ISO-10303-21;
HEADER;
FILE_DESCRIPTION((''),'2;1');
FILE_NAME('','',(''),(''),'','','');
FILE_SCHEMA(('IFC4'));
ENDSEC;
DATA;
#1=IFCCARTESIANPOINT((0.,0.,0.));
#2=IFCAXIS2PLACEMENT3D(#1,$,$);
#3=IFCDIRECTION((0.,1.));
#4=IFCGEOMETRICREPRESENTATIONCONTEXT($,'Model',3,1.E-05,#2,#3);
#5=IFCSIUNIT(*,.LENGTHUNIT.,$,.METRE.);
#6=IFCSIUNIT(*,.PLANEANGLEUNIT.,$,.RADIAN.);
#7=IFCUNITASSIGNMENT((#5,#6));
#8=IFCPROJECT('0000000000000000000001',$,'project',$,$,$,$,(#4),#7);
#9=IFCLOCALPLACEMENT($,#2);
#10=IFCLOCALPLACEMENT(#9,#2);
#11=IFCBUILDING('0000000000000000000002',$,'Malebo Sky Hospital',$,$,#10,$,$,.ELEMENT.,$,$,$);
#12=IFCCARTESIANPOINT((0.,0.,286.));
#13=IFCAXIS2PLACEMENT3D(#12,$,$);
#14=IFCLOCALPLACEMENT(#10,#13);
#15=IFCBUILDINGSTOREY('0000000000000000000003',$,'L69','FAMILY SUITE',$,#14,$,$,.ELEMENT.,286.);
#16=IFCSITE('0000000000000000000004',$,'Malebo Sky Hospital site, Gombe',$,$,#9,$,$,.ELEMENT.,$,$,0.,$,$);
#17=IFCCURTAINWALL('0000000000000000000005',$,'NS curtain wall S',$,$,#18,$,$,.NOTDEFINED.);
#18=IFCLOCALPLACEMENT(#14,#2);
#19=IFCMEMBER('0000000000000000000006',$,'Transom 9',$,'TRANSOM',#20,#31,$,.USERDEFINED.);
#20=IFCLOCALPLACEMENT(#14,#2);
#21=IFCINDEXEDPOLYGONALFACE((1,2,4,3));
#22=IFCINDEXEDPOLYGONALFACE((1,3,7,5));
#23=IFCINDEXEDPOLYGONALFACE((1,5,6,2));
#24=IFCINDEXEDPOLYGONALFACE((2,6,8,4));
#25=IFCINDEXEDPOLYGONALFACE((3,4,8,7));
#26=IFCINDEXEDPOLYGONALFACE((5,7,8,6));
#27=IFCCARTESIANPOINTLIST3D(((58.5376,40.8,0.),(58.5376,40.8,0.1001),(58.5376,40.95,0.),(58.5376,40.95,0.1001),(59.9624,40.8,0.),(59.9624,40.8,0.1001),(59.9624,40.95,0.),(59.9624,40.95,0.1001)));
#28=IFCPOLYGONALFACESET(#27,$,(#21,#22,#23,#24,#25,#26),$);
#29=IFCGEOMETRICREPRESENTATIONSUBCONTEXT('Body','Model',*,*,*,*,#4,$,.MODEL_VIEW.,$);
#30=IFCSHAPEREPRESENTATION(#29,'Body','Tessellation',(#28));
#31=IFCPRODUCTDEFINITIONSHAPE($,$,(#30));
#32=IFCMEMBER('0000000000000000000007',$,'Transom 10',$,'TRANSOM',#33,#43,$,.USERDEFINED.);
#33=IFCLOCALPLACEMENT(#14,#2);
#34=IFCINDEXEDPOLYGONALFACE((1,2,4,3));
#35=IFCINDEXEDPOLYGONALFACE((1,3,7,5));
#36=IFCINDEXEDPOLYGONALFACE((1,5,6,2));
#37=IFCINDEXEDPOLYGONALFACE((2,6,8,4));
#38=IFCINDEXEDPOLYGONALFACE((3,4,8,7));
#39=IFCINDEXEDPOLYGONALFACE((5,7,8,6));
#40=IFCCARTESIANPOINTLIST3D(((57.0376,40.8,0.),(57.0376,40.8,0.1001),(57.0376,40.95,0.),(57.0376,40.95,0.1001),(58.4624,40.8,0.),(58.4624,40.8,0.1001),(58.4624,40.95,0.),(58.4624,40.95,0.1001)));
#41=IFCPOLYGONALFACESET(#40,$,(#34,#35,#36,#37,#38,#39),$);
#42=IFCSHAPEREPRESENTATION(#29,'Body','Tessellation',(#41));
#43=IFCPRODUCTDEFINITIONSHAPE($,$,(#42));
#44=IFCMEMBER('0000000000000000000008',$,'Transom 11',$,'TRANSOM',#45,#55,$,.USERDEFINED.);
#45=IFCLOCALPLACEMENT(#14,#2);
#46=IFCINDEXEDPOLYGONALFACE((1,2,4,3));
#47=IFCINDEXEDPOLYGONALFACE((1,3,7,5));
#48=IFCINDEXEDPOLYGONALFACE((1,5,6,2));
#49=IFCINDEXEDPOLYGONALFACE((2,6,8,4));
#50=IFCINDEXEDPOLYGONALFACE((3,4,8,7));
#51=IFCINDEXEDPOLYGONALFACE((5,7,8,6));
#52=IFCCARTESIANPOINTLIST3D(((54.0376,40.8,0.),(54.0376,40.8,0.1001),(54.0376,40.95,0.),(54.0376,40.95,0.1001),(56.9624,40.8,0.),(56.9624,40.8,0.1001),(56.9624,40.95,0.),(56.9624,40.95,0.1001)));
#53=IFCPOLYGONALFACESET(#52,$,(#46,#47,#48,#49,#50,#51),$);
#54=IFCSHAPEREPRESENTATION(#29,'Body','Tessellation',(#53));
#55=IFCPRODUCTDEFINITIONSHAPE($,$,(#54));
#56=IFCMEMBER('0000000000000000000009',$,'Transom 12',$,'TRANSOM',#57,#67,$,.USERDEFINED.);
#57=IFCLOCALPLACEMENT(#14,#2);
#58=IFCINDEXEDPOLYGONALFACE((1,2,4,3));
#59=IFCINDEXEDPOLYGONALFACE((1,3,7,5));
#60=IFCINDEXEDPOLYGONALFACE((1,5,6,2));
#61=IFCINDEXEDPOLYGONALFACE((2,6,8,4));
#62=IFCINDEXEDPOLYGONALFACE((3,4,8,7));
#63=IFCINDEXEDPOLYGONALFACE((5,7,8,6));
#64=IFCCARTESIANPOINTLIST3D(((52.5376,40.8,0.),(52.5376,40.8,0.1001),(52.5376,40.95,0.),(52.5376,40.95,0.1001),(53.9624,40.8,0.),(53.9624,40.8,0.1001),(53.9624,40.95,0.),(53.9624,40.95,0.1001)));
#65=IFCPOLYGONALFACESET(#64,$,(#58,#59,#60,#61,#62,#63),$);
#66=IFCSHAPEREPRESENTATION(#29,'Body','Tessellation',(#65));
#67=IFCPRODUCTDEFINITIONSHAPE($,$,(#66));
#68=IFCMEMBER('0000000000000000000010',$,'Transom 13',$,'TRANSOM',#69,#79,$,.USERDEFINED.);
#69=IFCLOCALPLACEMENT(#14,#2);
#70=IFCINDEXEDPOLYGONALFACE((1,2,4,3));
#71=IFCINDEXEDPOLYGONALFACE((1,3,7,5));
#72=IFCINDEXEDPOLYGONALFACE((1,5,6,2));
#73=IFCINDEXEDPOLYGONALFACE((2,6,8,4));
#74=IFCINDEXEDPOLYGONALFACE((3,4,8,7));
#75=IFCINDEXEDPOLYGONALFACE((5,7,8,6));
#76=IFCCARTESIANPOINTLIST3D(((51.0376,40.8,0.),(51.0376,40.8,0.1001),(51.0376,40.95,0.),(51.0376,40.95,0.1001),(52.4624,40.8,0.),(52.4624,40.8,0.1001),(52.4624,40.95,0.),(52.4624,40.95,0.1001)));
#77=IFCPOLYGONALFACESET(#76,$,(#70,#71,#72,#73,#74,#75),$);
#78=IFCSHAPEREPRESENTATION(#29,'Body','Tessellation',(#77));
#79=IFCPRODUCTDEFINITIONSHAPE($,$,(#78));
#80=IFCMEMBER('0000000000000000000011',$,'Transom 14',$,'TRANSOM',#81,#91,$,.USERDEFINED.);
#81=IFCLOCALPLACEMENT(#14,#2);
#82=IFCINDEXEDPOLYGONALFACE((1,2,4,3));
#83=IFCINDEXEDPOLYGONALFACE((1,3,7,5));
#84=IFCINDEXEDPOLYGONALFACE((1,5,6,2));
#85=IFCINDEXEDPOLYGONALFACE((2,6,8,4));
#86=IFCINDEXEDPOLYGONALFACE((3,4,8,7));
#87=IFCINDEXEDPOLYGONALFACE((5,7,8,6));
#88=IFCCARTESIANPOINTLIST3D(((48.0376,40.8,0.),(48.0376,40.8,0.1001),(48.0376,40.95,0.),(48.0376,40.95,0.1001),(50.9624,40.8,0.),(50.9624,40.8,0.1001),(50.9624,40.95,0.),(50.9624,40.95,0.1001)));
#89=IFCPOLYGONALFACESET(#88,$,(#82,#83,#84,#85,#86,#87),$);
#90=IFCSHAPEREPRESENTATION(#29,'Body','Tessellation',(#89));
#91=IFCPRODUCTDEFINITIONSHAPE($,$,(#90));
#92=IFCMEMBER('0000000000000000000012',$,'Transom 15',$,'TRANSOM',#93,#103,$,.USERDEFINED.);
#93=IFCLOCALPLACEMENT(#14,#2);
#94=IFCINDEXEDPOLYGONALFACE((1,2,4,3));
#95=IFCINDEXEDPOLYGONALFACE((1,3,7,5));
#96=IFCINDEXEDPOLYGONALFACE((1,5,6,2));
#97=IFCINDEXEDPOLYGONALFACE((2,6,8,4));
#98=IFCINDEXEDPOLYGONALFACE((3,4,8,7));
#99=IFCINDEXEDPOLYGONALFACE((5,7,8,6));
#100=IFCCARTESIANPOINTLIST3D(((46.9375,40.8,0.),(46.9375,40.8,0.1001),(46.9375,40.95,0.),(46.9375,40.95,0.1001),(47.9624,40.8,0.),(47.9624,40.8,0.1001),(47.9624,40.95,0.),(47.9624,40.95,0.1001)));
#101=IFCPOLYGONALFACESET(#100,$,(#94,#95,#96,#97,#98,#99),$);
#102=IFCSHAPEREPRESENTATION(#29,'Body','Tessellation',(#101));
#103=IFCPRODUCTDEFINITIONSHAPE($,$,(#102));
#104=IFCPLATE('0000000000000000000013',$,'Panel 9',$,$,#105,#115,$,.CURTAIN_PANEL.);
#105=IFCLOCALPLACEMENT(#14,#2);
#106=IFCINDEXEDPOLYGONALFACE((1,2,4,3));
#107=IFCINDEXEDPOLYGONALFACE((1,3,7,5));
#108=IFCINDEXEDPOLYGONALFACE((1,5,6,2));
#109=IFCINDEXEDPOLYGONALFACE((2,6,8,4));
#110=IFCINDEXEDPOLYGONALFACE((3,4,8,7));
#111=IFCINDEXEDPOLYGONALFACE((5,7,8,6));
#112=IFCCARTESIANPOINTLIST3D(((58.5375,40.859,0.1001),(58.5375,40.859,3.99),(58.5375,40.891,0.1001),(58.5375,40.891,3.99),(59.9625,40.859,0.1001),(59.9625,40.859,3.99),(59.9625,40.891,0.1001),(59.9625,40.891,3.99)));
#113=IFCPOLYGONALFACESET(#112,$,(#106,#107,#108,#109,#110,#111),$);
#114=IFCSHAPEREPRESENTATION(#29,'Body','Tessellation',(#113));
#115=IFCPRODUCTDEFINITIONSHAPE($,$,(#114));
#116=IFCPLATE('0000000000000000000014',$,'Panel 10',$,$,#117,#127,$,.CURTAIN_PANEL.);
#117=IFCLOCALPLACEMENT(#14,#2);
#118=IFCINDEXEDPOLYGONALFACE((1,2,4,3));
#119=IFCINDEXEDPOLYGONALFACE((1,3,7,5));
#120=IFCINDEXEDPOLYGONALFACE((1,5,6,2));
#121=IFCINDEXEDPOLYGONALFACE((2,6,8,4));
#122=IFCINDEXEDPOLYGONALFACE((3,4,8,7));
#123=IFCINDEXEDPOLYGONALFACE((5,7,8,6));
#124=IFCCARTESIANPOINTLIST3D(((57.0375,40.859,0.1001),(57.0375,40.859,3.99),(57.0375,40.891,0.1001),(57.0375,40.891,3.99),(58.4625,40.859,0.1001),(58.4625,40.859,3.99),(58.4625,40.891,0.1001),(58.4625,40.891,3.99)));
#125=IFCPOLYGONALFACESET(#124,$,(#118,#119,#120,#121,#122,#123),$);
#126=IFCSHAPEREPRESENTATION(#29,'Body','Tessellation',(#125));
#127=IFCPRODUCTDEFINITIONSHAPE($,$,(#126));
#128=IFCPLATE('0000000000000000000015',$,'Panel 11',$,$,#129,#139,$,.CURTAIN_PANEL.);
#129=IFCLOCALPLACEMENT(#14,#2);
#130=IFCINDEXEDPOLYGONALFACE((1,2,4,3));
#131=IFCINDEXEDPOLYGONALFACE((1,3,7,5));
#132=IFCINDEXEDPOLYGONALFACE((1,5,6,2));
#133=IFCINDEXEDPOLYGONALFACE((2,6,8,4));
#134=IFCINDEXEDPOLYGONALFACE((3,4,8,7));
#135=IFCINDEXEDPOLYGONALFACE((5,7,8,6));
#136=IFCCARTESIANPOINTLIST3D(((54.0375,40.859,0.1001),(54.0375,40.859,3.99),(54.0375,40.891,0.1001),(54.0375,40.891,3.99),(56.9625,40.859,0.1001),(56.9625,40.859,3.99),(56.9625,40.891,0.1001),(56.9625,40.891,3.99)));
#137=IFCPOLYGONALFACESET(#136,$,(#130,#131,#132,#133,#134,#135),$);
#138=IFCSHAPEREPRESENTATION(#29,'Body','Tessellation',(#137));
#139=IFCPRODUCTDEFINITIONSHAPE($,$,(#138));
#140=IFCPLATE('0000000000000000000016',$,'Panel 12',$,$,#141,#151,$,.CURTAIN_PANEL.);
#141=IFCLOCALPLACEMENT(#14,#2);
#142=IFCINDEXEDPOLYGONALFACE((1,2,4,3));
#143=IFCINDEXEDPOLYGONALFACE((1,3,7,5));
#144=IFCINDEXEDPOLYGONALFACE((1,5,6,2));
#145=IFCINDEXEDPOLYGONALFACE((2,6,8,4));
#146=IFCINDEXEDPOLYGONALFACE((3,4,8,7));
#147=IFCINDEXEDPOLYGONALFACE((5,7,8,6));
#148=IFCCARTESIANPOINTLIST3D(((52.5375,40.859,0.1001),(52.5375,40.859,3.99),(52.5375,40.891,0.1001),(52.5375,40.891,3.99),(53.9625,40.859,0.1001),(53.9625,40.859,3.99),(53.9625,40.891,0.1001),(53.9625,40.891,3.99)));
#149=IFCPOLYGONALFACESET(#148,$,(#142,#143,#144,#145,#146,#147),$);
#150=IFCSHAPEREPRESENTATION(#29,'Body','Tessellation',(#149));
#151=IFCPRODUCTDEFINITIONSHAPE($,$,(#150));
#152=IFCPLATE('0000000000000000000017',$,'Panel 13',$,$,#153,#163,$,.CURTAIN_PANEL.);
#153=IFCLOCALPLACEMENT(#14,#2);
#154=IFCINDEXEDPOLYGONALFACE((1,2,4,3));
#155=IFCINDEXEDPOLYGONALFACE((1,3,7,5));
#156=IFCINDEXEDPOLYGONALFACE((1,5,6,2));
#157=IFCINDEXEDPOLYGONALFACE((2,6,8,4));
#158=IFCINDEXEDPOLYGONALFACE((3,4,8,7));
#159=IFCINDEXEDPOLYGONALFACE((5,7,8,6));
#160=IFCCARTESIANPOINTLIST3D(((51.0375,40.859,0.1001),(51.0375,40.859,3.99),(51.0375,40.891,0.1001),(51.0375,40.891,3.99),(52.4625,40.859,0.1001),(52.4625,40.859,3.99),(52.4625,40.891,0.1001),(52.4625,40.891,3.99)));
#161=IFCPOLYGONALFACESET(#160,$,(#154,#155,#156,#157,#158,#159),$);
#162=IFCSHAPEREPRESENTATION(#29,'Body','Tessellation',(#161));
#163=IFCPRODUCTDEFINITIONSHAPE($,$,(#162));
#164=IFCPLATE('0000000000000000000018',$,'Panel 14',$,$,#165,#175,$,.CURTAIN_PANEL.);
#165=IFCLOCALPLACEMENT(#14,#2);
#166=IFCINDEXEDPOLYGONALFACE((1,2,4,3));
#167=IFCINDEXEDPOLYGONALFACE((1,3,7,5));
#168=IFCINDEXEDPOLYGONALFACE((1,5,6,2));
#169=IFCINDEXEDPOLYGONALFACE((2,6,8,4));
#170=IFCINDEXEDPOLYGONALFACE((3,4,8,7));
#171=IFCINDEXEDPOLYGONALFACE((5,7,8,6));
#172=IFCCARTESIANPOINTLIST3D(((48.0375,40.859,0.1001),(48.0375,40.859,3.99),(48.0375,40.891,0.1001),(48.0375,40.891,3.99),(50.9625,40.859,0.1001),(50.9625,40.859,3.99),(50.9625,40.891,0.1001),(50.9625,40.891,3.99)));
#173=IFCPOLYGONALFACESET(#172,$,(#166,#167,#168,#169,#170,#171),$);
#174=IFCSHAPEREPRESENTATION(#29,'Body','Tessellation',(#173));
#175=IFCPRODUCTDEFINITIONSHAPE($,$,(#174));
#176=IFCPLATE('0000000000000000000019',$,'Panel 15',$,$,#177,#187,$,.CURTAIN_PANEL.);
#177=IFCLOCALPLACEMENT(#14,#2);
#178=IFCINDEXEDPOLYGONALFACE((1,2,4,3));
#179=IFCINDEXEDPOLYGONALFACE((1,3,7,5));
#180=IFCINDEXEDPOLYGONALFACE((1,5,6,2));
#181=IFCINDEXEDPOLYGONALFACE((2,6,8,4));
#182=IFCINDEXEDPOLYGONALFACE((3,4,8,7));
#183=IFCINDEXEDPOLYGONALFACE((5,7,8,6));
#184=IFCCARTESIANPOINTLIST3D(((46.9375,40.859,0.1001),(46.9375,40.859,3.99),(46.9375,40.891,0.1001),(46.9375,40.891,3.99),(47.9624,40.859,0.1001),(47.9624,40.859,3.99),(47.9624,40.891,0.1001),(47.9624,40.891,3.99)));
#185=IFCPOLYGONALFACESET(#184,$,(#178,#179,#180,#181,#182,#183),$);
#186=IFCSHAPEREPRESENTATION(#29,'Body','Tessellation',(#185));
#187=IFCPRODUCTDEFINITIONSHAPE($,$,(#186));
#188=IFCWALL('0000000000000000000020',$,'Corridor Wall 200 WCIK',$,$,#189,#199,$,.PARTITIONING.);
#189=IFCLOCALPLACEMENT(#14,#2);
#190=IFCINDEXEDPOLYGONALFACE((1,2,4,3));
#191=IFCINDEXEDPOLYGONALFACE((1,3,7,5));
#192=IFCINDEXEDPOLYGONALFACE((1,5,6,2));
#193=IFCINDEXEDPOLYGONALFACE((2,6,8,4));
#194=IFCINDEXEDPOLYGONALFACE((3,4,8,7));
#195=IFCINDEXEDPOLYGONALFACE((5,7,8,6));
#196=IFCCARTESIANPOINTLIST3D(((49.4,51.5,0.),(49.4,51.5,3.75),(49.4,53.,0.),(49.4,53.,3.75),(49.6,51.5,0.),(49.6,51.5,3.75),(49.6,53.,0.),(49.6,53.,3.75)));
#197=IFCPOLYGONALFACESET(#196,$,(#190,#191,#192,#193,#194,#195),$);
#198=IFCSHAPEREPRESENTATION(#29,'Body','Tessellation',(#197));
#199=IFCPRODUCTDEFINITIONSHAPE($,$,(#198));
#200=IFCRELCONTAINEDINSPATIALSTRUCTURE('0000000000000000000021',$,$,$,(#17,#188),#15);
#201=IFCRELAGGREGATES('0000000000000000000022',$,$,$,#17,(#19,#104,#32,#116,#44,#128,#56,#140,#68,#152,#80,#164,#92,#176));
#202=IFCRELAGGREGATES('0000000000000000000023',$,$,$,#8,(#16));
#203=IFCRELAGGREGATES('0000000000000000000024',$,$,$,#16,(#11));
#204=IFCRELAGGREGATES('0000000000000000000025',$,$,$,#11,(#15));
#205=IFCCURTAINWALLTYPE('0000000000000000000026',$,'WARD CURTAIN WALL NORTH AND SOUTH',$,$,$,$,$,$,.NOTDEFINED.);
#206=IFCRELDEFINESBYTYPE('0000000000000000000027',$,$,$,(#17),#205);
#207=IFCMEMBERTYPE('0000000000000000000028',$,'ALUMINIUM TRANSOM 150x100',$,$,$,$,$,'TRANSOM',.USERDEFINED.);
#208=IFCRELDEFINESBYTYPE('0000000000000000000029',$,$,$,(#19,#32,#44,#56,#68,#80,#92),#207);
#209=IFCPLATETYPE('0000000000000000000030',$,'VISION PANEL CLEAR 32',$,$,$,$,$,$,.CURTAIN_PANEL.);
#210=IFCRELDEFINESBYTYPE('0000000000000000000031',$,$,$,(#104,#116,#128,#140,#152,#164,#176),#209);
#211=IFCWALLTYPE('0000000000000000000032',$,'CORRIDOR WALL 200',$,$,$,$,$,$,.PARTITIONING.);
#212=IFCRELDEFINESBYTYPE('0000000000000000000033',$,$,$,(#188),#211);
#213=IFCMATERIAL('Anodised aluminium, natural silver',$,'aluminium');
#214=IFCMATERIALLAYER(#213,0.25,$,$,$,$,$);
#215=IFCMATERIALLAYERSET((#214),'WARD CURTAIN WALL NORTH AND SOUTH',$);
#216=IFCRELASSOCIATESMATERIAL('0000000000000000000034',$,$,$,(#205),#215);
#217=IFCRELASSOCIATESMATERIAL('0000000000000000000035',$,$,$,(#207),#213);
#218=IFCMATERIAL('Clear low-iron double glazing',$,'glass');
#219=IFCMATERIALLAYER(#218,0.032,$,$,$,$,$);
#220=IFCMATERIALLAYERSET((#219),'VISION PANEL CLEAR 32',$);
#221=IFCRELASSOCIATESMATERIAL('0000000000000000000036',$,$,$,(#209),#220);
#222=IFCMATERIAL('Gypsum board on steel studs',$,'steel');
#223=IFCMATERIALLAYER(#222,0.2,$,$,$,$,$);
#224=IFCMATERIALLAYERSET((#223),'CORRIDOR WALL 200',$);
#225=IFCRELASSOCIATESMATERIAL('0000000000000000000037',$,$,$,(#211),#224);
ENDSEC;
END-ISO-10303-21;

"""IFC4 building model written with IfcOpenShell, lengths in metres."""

from ifc_helpers import new_model, si_unit, direction, frame, frame_2d, origin, origin_2d, place, context, subcontext, project, spatial, rectangle, extrude, material, layer, layer_set, material_profile, profile_set, type_object, element, aggregate, save


model = new_model("IFC4")

# Units and contexts
model_context = context("Model", 3, precision=1e-05, world=origin(), true_north=direction((0.0, 1.0)))
body_context = subcontext(model_context, "Body", "Model", "MODEL_VIEW")
ifc_project = project(units=[si_unit("LENGTHUNIT", "METRE"), si_unit("PLANEANGLEUNIT", "RADIAN")], contexts=[model_context])

# Site, building, storey
site_placement = place(None, origin())
site = spatial("IfcSite", under=ifc_project, at=site_placement, Name="Malebo Sky Hospital site, Gombe", CompositionType="ELEMENT", RefElevation=0.0)
building_placement = place(site_placement, origin())
building = spatial("IfcBuilding", under=site, at=building_placement, Name="Malebo Sky Hospital", CompositionType="ELEMENT")
storey_placement = place(building_placement, frame((0.0, 0.0, 286.0)))
storey = spatial("IfcBuildingStorey", under=building, at=storey_placement, Name="L69", Description="FAMILY SUITE", CompositionType="ELEMENT", Elevation=286.0)

# Curtain wall, members, plates
ifc_material_1 = material(Name="Anodised aluminium, natural silver", Category="aluminium")
ifc_layer_1 = layer(ifc_material_1, 0.25)
ifc_layer_set_1 = layer_set([ifc_layer_1], Name="WARD CURTAIN WALL NORTH AND SOUTH")
curtain_wall_type = type_object("IfcCurtainWallType", Name="WARD CURTAIN WALL NORTH AND SOUTH", PredefinedType="NOTDEFINED", material=ifc_layer_set_1)
curtain_wall_placement = place(storey_placement, origin())
curtain_wall = element("IfcCurtainWall", 1, at=curtain_wall_placement, inside=storey, type_object=curtain_wall_type, Name="NS curtain wall S", PredefinedType="NOTDEFINED")
ifc_material_profile = material_profile(ifc_material_1, rectangle(XDim=0.1499, YDim=0.1001, at=origin_2d()), Name="ALUMINIUM TRANSOM 150x100")
ifc_profile_set = profile_set([ifc_material_profile], Name="Anodised aluminium, natural silver")
member_type = type_object("IfcMemberType", Name="ALUMINIUM TRANSOM 150x100", ElementType="TRANSOM", PredefinedType="USERDEFINED", material=ifc_profile_set)
member_1_placement = place(storey_placement, frame((59.9624, 40.875, 0.05), z_axis=(-1.0, 0.0, 0.0), x_axis=(0.0, -1.0, 0.0)))
member_1 = element("IfcMember", 2, at=member_1_placement, type_object=member_type, Name="Transom 9", ObjectType="TRANSOM", PredefinedType="USERDEFINED", context=body_context, shape_type="SweptSolid", body=[
    extrude(rectangle(XDim=0.1499, YDim=0.1001, at=origin_2d()), origin(), (0.0, 0.0, 1.0), 1.4248),
])
member_2_placement = place(storey_placement, frame((58.4624, 40.875, 0.05), z_axis=(-1.0, 0.0, 0.0), x_axis=(0.0, -1.0, 0.0)))
member_2 = element("IfcMember", 3, at=member_2_placement, type_object=member_type, Name="Transom 10", ObjectType="TRANSOM", PredefinedType="USERDEFINED", context=body_context, shape_type="SweptSolid", body=[
    extrude(rectangle(XDim=0.1499, YDim=0.1001, at=origin_2d()), origin(), (0.0, 0.0, 1.0), 1.4248),
])
member_3_placement = place(storey_placement, frame((56.9624, 40.875, 0.05), z_axis=(-1.0, 0.0, 0.0), x_axis=(0.0, -1.0, 0.0)))
member_3 = element("IfcMember", 4, at=member_3_placement, type_object=member_type, Name="Transom 11", ObjectType="TRANSOM", PredefinedType="USERDEFINED", context=body_context, shape_type="SweptSolid", body=[
    extrude(rectangle(XDim=0.1499, YDim=0.1001, at=origin_2d()), origin(), (0.0, 0.0, 1.0), 2.9248),
])
member_4_placement = place(storey_placement, frame((53.9624, 40.875, 0.05), z_axis=(-1.0, 0.0, 0.0), x_axis=(0.0, -1.0, 0.0)))
member_4 = element("IfcMember", 5, at=member_4_placement, type_object=member_type, Name="Transom 12", ObjectType="TRANSOM", PredefinedType="USERDEFINED", context=body_context, shape_type="SweptSolid", body=[
    extrude(rectangle(XDim=0.1499, YDim=0.1001, at=origin_2d()), origin(), (0.0, 0.0, 1.0), 1.4248),
])
member_5_placement = place(storey_placement, frame((52.4624, 40.875, 0.05), z_axis=(-1.0, 0.0, 0.0), x_axis=(0.0, -1.0, 0.0)))
member_5 = element("IfcMember", 6, at=member_5_placement, type_object=member_type, Name="Transom 13", ObjectType="TRANSOM", PredefinedType="USERDEFINED", context=body_context, shape_type="SweptSolid", body=[
    extrude(rectangle(XDim=0.1499, YDim=0.1001, at=origin_2d()), origin(), (0.0, 0.0, 1.0), 1.4248),
])
member_6_placement = place(storey_placement, frame((50.9624, 40.875, 0.05), z_axis=(-1.0, 0.0, 0.0), x_axis=(0.0, -1.0, 0.0)))
member_6 = element("IfcMember", 7, at=member_6_placement, type_object=member_type, Name="Transom 14", ObjectType="TRANSOM", PredefinedType="USERDEFINED", context=body_context, shape_type="SweptSolid", body=[
    extrude(rectangle(XDim=0.1499, YDim=0.1001, at=origin_2d()), origin(), (0.0, 0.0, 1.0), 2.9248),
])
member_7_placement = place(storey_placement, frame((47.9624, 40.875, 0.05), z_axis=(-1.0, 0.0, 0.0), x_axis=(0.0, -1.0, 0.0)))
member_7 = element("IfcMember", 8, at=member_7_placement, type_object=member_type, Name="Transom 15", ObjectType="TRANSOM", PredefinedType="USERDEFINED", context=body_context, shape_type="SweptSolid", body=[
    extrude(rectangle(XDim=0.1499, YDim=0.1001, at=origin_2d()), origin(), (0.0, 0.0, 1.0), 1.0249),
])
ifc_material_2 = material(Name="Clear low-iron double glazing", Category="glass")
ifc_layer_2 = layer(ifc_material_2, 0.032)
ifc_layer_set_2 = layer_set([ifc_layer_2], Name="VISION PANEL CLEAR 32")
plate_type = type_object("IfcPlateType", Name="VISION PANEL CLEAR 32", PredefinedType="CURTAIN_PANEL", material=ifc_layer_set_2)
plate_1_placement = place(storey_placement, frame((59.25, 40.875, 0.1001), z_axis=(0.0, 0.0, 1.0), x_axis=(-1.0, 0.0, 0.0)))
plate_1 = element("IfcPlate", 9, at=plate_1_placement, type_object=plate_type, Name="Panel 9", PredefinedType="CURTAIN_PANEL", context=body_context, shape_type="SweptSolid", body=[
    extrude(rectangle(XDim=1.425, YDim=0.032, at=origin_2d()), origin(), (0.0, 0.0, 1.0), 3.8899),
])
plate_2_placement = place(storey_placement, frame((57.75, 40.875, 0.1001), z_axis=(0.0, 0.0, 1.0), x_axis=(-1.0, 0.0, 0.0)))
plate_2 = element("IfcPlate", 10, at=plate_2_placement, type_object=plate_type, Name="Panel 10", PredefinedType="CURTAIN_PANEL", context=body_context, shape_type="SweptSolid", body=[
    extrude(rectangle(XDim=1.425, YDim=0.032, at=origin_2d()), origin(), (0.0, 0.0, 1.0), 3.8899),
])
plate_3_placement = place(storey_placement, frame((55.5, 40.875, 0.1001), z_axis=(0.0, 0.0, 1.0), x_axis=(-1.0, 0.0, 0.0)))
plate_3 = element("IfcPlate", 11, at=plate_3_placement, type_object=plate_type, Name="Panel 11", PredefinedType="CURTAIN_PANEL", context=body_context, shape_type="SweptSolid", body=[
    extrude(rectangle(XDim=2.925, YDim=0.032, at=origin_2d()), origin(), (0.0, 0.0, 1.0), 3.8899),
])
plate_4_placement = place(storey_placement, frame((53.25, 40.875, 0.1001), z_axis=(0.0, 0.0, 1.0), x_axis=(-1.0, 0.0, 0.0)))
plate_4 = element("IfcPlate", 12, at=plate_4_placement, type_object=plate_type, Name="Panel 12", PredefinedType="CURTAIN_PANEL", context=body_context, shape_type="SweptSolid", body=[
    extrude(rectangle(XDim=1.425, YDim=0.032, at=origin_2d()), origin(), (0.0, 0.0, 1.0), 3.8899),
])
plate_5_placement = place(storey_placement, frame((51.75, 40.875, 0.1001), z_axis=(0.0, 0.0, 1.0), x_axis=(-1.0, 0.0, 0.0)))
plate_5 = element("IfcPlate", 13, at=plate_5_placement, type_object=plate_type, Name="Panel 13", PredefinedType="CURTAIN_PANEL", context=body_context, shape_type="SweptSolid", body=[
    extrude(rectangle(XDim=1.425, YDim=0.032, at=origin_2d()), origin(), (0.0, 0.0, 1.0), 3.8899),
])
plate_6_placement = place(storey_placement, frame((49.5, 40.875, 0.1001), z_axis=(0.0, 0.0, 1.0), x_axis=(-1.0, 0.0, 0.0)))
plate_6 = element("IfcPlate", 14, at=plate_6_placement, type_object=plate_type, Name="Panel 14", PredefinedType="CURTAIN_PANEL", context=body_context, shape_type="SweptSolid", body=[
    extrude(rectangle(XDim=2.925, YDim=0.032, at=origin_2d()), origin(), (0.0, 0.0, 1.0), 3.8899),
])
plate_7_placement = place(storey_placement, frame((47.45, 40.875, 0.1001), z_axis=(0.0, 0.0, 1.0), x_axis=(-1.0, 0.0, 0.0)))
plate_7 = element("IfcPlate", 15, at=plate_7_placement, type_object=plate_type, Name="Panel 15", PredefinedType="CURTAIN_PANEL", context=body_context, shape_type="SweptSolid", body=[
    extrude(rectangle(XDim=1.0249, YDim=0.032, at=origin_2d()), origin(), (0.0, 0.0, 1.0), 3.8899),
])
aggregate(curtain_wall, [member_1, plate_1, member_2, plate_2, member_3, plate_3, member_4, plate_4, member_5, plate_5, member_6, plate_6, member_7, plate_7])

# Wall
ifc_material_3 = material(Name="Gypsum board on steel studs", Category="steel")
ifc_layer_3 = layer(ifc_material_3, 0.2)
ifc_layer_set_3 = layer_set([ifc_layer_3], Name="CORRIDOR WALL 200")
wall_type_1 = type_object("IfcWallType", Name="CORRIDOR WALL 200", PredefinedType="PARTITIONING", material=ifc_layer_set_3)
wall_1_placement = place(storey_placement, frame((49.5, 51.5, 0.0), z_axis=(0.0, 0.0, 1.0), x_axis=(0.0, 1.0, 0.0)))
element("IfcWall", 16, at=wall_1_placement, inside=storey, type_object=wall_type_1, Name="Corridor Wall 200 WCIK", PredefinedType="PARTITIONING", context=body_context, shape_type="SweptSolid", body=[
    extrude(rectangle(XDim=1.5, YDim=0.2, at=frame_2d((0.75, 0.0))), origin(), (0.0, 0.0, 1.0), 3.75),
])

save(model, "model.ifc")
